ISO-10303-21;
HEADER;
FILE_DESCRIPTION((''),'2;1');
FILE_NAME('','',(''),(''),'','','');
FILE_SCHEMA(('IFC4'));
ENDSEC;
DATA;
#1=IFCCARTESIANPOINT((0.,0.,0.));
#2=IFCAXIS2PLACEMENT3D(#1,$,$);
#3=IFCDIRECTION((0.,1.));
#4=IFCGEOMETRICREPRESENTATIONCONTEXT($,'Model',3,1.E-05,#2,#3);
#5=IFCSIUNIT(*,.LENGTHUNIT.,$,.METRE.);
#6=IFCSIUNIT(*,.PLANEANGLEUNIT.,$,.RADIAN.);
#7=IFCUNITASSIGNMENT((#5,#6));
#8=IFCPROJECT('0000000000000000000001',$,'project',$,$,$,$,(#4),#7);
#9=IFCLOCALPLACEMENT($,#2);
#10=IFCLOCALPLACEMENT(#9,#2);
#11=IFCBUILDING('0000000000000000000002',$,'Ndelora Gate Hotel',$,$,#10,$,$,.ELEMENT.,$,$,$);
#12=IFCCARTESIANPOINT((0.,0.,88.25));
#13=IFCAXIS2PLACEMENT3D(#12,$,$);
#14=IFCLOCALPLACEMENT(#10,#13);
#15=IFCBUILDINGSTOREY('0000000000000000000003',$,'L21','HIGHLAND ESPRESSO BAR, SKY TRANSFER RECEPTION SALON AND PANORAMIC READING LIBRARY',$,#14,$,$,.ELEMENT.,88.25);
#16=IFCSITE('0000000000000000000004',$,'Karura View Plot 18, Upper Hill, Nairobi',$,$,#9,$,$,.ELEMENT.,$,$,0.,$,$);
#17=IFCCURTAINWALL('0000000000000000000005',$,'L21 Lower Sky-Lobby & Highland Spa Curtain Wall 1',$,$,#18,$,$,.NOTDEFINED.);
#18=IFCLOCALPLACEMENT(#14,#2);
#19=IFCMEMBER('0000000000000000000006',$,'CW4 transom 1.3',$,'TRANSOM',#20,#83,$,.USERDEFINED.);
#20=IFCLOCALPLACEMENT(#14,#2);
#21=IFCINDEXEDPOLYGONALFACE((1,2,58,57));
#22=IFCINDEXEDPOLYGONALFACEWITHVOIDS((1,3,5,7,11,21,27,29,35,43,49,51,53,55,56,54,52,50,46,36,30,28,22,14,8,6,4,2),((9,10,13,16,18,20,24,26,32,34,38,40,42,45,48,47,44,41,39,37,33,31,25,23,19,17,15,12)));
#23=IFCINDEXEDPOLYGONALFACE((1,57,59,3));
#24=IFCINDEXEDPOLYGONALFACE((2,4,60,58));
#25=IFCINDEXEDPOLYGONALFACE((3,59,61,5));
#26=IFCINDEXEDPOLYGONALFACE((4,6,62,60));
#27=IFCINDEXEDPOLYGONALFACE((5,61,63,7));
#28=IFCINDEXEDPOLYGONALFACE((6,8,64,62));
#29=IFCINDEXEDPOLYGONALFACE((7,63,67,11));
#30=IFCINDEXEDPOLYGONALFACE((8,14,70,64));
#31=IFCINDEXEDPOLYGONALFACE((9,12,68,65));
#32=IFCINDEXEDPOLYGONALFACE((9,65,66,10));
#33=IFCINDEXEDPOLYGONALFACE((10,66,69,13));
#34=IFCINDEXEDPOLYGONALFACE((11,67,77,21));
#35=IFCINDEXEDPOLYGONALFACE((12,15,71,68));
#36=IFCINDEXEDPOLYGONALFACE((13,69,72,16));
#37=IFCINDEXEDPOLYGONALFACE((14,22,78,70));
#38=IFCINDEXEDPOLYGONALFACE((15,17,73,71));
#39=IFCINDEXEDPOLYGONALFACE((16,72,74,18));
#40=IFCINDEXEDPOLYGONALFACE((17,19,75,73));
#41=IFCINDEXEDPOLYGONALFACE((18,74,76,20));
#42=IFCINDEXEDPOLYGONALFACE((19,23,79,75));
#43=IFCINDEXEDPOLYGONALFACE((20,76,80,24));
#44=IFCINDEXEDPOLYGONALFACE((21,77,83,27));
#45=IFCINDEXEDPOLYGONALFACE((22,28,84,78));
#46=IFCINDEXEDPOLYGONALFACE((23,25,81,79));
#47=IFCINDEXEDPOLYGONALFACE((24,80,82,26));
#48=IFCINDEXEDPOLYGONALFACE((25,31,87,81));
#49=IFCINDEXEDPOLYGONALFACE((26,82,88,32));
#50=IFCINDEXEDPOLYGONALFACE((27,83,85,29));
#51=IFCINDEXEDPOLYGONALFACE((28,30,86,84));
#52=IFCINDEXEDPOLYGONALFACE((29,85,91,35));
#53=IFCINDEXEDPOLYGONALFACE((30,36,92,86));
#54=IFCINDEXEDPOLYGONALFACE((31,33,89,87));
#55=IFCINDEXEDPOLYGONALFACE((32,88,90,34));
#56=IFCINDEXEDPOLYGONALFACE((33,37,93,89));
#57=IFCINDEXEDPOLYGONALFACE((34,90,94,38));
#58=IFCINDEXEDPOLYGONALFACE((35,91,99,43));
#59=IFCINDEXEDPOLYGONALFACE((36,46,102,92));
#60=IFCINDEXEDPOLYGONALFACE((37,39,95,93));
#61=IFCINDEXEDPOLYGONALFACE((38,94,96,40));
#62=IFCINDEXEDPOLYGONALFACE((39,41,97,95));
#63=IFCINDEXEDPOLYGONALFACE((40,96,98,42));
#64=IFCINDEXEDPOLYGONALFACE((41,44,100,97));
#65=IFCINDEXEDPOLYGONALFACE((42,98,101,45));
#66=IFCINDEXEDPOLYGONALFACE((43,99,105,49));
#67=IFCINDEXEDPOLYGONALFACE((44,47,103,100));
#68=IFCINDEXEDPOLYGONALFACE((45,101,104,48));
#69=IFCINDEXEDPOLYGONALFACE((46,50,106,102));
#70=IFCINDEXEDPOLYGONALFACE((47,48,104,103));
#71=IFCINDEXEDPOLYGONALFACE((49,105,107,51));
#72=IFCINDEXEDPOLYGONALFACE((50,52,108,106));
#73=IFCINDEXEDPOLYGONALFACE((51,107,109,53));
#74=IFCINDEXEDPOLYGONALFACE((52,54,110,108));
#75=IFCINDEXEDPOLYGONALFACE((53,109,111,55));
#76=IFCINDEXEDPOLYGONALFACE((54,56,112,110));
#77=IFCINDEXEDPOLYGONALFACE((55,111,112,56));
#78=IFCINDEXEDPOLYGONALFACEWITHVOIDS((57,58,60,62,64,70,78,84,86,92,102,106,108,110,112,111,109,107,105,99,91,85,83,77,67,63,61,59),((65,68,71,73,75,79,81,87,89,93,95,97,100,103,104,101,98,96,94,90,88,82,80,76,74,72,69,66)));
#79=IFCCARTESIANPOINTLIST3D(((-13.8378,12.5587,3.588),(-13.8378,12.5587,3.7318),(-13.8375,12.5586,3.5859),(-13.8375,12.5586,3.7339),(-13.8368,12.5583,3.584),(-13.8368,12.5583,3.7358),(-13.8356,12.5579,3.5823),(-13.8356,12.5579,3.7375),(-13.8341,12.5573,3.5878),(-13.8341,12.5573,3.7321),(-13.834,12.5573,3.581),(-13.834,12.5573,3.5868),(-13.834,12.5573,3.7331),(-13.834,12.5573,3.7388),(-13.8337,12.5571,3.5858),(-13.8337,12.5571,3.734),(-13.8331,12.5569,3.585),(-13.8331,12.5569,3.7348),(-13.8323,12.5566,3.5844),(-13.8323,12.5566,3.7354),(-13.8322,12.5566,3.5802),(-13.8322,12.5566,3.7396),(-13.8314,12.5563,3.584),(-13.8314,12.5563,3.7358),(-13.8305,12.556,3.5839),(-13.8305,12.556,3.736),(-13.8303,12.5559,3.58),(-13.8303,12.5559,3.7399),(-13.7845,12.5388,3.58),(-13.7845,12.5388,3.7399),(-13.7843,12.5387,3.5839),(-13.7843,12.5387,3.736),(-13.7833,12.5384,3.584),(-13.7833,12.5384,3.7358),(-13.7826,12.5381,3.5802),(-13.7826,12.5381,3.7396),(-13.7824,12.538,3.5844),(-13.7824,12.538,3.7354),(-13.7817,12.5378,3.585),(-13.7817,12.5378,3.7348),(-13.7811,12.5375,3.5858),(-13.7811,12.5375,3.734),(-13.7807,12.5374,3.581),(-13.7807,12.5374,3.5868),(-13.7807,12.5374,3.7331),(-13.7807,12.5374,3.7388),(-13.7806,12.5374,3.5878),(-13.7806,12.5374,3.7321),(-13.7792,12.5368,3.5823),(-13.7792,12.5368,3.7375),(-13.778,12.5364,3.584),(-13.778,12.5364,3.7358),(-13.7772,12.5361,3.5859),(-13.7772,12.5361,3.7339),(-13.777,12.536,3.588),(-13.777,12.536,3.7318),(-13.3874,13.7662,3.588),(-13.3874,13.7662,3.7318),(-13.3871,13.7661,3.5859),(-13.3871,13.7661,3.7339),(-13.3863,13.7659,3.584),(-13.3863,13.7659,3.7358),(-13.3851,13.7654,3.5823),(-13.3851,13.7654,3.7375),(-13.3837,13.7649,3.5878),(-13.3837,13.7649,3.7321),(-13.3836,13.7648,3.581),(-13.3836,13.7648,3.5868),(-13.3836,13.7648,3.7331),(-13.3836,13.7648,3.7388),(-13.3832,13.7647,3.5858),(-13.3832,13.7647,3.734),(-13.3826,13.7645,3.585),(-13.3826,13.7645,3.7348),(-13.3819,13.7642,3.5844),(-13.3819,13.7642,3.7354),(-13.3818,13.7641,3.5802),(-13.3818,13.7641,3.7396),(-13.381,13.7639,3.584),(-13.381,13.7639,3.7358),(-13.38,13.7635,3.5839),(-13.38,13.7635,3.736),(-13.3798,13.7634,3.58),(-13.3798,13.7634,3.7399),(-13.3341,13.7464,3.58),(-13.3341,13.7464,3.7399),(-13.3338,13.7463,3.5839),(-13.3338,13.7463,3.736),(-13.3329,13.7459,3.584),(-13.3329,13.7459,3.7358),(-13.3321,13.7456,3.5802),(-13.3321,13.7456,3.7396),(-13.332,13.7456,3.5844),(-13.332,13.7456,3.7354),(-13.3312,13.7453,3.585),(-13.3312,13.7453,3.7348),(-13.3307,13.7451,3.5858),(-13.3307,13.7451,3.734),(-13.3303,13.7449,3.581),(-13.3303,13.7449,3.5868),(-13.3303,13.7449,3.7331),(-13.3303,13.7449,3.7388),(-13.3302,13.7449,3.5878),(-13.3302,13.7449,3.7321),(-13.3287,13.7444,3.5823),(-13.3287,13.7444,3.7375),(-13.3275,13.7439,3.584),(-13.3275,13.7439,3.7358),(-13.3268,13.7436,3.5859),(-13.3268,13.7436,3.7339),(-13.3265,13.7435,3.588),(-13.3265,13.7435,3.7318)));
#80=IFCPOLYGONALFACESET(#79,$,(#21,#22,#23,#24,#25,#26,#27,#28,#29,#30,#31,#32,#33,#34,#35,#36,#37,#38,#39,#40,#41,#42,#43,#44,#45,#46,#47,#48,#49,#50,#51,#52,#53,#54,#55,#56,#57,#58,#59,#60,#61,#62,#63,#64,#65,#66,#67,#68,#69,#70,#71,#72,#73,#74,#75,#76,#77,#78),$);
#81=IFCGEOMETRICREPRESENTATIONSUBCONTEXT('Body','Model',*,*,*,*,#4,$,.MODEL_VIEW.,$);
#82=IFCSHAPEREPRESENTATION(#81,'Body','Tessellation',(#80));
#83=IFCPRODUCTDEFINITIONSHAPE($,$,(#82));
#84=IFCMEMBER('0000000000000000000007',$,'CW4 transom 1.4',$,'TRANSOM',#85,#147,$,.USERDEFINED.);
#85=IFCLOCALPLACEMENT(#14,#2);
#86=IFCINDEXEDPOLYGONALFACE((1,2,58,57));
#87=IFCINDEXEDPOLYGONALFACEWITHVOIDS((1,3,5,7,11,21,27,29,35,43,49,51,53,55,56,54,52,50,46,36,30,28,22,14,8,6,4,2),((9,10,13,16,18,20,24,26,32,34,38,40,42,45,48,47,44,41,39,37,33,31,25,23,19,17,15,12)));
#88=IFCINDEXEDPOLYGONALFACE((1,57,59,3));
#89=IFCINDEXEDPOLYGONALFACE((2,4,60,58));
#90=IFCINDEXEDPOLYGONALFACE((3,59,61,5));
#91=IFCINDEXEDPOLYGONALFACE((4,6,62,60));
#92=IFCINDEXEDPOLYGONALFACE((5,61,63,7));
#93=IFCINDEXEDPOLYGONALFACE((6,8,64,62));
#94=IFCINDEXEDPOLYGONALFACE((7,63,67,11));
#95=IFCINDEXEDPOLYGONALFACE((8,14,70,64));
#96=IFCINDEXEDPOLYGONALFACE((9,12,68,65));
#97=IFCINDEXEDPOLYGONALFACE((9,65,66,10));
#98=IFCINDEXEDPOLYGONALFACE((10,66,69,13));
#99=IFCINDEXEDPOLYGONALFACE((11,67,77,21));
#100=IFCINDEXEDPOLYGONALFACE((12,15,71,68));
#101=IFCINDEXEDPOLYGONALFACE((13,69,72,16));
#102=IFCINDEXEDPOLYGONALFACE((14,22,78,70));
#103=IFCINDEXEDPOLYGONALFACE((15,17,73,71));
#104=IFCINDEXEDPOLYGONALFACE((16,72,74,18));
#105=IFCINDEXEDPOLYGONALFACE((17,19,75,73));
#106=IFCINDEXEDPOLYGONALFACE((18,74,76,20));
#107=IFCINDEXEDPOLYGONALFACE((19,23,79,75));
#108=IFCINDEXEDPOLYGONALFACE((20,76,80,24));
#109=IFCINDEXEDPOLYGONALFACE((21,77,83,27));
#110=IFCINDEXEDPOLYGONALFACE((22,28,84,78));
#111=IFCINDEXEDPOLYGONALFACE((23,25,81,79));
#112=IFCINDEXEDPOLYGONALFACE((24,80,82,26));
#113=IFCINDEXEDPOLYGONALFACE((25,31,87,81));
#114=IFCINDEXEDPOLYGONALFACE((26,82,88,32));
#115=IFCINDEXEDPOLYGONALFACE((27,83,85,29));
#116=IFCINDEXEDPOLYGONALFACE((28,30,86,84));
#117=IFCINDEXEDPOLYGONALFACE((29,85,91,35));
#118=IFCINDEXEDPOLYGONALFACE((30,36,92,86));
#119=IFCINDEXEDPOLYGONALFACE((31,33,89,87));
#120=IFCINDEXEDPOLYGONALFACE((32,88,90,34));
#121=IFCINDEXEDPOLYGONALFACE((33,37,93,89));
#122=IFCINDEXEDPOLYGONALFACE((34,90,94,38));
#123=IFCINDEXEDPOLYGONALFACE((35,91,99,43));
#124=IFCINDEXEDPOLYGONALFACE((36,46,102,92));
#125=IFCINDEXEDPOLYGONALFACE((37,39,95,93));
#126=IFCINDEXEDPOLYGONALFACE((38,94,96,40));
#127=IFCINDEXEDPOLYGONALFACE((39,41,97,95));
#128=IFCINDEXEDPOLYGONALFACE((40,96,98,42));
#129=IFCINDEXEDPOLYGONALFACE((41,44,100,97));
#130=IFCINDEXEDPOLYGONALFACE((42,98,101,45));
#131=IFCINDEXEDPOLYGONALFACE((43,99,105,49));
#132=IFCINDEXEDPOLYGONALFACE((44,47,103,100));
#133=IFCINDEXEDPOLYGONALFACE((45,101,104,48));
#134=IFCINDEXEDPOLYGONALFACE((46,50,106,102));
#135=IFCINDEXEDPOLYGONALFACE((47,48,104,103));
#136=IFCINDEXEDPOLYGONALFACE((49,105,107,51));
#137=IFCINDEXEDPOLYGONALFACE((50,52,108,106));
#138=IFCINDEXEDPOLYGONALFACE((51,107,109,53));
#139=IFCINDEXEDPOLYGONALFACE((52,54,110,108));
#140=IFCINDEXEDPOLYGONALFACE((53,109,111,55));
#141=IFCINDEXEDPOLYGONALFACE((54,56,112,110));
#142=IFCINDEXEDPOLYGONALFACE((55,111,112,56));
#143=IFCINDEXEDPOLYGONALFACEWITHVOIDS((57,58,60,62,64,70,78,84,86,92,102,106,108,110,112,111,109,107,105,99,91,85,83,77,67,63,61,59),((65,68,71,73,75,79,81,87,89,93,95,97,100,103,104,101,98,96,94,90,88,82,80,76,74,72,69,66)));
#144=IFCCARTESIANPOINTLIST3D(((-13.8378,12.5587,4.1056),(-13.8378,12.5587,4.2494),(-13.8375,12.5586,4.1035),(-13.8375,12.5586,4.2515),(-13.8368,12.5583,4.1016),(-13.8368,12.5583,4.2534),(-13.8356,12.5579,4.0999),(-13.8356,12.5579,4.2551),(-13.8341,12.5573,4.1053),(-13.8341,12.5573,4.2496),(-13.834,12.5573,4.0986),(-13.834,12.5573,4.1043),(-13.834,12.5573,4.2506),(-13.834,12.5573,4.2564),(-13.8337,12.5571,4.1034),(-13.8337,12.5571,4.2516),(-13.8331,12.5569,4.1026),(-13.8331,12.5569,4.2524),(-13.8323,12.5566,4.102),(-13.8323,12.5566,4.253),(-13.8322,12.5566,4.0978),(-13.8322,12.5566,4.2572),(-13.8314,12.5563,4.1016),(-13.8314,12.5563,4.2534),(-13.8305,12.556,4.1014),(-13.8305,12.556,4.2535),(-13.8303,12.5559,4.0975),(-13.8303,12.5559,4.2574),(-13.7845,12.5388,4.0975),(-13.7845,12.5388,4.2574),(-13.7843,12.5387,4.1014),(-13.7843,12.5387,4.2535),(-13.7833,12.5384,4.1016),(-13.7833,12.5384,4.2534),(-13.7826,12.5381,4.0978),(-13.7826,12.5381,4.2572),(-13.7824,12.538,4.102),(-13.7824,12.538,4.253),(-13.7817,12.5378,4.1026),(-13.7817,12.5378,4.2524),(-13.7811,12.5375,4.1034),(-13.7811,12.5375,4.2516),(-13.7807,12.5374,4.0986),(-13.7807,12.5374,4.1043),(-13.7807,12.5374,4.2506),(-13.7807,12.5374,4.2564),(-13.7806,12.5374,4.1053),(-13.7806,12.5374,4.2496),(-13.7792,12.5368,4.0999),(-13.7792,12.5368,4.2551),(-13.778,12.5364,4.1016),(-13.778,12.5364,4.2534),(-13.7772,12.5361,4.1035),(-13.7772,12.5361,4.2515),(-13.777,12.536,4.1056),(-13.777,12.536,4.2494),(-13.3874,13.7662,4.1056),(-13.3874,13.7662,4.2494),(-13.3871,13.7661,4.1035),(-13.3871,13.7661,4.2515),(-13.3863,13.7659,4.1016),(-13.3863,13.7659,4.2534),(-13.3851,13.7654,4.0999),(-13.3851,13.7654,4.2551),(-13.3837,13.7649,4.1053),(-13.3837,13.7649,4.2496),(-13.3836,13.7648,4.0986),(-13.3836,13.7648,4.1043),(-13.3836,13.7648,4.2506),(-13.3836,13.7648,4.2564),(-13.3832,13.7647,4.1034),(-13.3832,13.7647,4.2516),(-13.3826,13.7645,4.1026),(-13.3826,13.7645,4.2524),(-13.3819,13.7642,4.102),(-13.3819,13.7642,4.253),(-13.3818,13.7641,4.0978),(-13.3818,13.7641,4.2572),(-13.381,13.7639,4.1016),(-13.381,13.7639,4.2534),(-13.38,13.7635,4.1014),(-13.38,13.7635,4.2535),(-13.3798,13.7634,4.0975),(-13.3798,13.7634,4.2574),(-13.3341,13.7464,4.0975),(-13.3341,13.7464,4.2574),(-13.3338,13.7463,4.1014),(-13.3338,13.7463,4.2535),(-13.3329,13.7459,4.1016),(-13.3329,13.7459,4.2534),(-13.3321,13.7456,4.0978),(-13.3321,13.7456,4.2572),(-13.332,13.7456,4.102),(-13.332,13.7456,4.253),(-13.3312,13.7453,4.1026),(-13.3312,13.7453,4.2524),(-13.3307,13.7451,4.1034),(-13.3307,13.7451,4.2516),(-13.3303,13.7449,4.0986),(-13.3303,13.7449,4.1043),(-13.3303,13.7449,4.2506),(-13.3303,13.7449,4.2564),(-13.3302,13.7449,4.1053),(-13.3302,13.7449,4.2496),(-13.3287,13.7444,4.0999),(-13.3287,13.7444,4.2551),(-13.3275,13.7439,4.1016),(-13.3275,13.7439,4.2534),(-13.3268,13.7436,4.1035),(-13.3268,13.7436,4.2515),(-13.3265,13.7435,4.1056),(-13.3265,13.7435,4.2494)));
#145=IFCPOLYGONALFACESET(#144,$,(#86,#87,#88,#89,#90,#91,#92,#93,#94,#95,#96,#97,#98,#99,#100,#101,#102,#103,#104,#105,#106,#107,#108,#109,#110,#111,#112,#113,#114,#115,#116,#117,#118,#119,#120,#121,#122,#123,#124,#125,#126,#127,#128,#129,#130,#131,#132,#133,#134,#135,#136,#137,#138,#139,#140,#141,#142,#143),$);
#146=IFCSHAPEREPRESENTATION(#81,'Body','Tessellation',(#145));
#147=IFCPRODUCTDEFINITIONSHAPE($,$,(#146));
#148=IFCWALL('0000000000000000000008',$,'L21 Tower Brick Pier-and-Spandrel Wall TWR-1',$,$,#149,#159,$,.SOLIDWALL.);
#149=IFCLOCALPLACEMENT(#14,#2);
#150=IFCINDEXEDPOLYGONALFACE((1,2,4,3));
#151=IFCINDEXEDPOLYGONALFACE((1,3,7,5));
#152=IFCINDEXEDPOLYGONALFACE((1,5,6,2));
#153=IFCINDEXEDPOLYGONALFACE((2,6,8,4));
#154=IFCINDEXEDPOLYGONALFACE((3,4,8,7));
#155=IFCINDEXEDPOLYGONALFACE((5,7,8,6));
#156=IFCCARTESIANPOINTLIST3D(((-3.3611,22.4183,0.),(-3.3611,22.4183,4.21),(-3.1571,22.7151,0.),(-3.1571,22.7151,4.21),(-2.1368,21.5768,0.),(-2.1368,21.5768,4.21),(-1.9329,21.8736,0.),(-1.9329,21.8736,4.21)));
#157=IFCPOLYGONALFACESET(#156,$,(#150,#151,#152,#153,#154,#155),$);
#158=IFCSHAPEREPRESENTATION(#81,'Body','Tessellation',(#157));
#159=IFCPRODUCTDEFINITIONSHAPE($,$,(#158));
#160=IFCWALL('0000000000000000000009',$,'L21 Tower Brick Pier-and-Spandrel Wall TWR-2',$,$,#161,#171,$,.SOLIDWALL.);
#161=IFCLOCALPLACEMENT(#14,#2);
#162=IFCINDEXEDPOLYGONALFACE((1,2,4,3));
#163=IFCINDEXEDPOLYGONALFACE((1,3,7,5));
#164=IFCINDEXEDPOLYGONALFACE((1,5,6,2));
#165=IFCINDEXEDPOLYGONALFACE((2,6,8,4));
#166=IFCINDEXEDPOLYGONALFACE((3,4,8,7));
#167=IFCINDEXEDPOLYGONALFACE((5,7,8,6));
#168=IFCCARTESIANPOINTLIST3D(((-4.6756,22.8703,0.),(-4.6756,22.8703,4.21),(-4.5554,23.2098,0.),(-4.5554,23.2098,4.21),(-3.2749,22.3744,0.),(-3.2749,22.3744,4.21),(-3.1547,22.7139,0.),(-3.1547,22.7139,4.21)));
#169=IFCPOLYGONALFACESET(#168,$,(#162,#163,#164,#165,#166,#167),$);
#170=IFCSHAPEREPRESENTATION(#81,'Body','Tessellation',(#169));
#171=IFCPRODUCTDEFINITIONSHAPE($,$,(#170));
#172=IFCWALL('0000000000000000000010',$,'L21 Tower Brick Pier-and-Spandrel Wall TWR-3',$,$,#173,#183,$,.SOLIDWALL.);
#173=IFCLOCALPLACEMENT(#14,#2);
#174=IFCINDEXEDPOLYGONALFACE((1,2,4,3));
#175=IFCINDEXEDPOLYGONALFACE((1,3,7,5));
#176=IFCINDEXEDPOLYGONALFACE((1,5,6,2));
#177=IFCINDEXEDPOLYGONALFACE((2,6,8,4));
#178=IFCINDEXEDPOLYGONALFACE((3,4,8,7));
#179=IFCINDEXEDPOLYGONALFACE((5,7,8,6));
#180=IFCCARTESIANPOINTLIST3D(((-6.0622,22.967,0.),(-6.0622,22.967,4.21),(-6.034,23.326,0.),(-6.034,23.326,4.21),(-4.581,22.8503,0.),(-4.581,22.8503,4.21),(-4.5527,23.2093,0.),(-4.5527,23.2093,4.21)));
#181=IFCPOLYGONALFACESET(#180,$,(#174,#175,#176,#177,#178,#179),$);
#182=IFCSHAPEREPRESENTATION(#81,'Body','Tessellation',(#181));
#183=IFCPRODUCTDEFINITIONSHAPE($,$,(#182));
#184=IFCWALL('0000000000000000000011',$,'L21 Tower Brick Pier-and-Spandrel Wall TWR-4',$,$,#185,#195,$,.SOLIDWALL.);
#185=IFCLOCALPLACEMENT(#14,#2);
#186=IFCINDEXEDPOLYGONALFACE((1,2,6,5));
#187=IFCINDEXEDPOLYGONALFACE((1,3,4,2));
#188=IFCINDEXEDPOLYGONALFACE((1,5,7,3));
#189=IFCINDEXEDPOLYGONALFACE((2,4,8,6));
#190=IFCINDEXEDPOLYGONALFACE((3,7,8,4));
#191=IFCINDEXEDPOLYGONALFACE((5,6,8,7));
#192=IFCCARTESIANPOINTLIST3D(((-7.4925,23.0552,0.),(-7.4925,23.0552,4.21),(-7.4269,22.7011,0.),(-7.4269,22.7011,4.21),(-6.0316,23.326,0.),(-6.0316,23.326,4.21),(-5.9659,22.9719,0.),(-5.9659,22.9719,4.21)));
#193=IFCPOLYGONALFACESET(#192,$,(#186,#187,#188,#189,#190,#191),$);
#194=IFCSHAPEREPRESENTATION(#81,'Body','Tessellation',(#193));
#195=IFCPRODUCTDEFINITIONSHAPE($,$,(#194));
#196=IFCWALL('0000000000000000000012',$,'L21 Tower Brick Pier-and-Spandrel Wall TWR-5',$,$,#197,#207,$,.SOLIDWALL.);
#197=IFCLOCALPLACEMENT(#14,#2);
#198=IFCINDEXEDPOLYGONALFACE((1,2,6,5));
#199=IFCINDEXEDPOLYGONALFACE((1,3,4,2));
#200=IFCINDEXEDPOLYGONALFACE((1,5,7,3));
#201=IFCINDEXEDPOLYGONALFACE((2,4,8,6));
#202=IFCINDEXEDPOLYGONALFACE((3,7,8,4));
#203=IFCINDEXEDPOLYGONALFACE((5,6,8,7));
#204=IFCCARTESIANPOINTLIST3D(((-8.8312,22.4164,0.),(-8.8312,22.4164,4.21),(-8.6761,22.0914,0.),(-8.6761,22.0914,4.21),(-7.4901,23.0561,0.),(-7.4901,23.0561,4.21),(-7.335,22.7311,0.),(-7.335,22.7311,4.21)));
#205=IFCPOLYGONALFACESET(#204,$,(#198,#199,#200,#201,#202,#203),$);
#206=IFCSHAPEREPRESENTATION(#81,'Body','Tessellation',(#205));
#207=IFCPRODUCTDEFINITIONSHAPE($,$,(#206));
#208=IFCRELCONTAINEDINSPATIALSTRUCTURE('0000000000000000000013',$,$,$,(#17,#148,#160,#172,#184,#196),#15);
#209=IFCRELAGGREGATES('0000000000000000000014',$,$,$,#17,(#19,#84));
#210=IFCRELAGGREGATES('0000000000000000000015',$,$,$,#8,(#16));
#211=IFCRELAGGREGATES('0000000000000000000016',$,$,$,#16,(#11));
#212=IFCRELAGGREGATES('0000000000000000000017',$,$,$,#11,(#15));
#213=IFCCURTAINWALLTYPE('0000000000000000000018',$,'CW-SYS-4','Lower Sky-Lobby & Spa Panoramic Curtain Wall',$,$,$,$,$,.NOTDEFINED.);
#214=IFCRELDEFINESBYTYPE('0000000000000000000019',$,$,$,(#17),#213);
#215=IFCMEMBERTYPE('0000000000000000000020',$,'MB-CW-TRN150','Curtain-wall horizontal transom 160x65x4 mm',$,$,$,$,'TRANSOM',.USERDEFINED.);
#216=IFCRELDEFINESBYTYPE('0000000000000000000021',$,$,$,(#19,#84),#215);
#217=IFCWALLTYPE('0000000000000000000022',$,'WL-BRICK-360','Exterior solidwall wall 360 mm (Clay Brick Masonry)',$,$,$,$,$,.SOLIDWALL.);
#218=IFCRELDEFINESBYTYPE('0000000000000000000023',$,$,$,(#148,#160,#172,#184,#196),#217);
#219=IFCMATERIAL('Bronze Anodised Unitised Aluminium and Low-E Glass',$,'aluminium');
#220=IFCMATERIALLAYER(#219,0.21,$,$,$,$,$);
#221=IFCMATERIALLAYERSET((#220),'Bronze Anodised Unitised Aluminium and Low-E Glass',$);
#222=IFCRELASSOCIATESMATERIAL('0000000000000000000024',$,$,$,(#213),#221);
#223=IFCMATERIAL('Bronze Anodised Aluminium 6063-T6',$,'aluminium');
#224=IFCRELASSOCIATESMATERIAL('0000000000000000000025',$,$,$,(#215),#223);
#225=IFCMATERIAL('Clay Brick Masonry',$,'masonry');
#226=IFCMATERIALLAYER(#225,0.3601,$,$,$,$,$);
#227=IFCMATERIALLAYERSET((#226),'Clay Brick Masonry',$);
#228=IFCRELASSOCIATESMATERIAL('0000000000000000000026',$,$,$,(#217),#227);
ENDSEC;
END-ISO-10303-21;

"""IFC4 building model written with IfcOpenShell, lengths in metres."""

from ifc_helpers import new_model, si_unit, direction, frame, frame_2d, origin, origin_2d, place, context, subcontext, project, spatial, rectangle, hollow_rectangle, extrude, material, layer, layer_set, material_profile, profile_set, type_object, element, aggregate, save


model = new_model("IFC4")

# Units and contexts
model_context = context("Model", 3, precision=1e-05, world=origin(), true_north=direction((0.0, 1.0)))
body_context = subcontext(model_context, "Body", "Model", "MODEL_VIEW")
ifc_project = project(units=[si_unit("LENGTHUNIT", "METRE"), si_unit("PLANEANGLEUNIT", "RADIAN")], contexts=[model_context])

# Site, building, storey
site_placement = place(None, origin())
site = spatial("IfcSite", under=ifc_project, at=site_placement, Name="Karura View Plot 18, Upper Hill, Nairobi", CompositionType="ELEMENT", RefElevation=0.0)
building_placement = place(site_placement, origin())
building = spatial("IfcBuilding", under=site, at=building_placement, Name="Ndelora Gate Hotel", CompositionType="ELEMENT")
storey_placement = place(building_placement, frame((0.0, 0.0, 88.25)))
storey = spatial("IfcBuildingStorey", under=building, at=storey_placement, Name="L21", Description="HIGHLAND ESPRESSO BAR, SKY TRANSFER RECEPTION SALON AND PANORAMIC READING LIBRARY", CompositionType="ELEMENT", Elevation=88.25)

# Curtain wall, members
ifc_material_1 = material(Name="Bronze Anodised Unitised Aluminium and Low-E Glass", Category="aluminium")
ifc_layer_1 = layer(ifc_material_1, 0.21)
ifc_layer_set_1 = layer_set([ifc_layer_1], Name="Bronze Anodised Unitised Aluminium and Low-E Glass")
curtain_wall_type = type_object("IfcCurtainWallType", Name="CW-SYS-4", Description="Lower Sky-Lobby & Spa Panoramic Curtain Wall", PredefinedType="NOTDEFINED", material=ifc_layer_set_1)
curtain_wall_placement = place(storey_placement, origin())
curtain_wall = element("IfcCurtainWall", 1, at=curtain_wall_placement, inside=storey, type_object=curtain_wall_type, Name="L21 Lower Sky-Lobby & Highland Spa Curtain Wall 1", PredefinedType="NOTDEFINED")
ifc_material_2 = material(Name="Bronze Anodised Aluminium 6063-T6", Category="aluminium")
ifc_material_profile_1 = material_profile(ifc_material_2, hollow_rectangle(XDim=0.0649, YDim=0.1599, WallThickness=0.0039, InnerFilletRadius=0.0039, OuterFilletRadius=0.0081, at=origin_2d()), Name="ALU 160x65x4")
ifc_profile_set_1 = profile_set([ifc_material_profile_1], Name="Bronze Anodised Aluminium 6063-T6")
member_type_1 = type_object("IfcMemberType", Name="MB-CW-TRN150", Description="Curtain-wall horizontal transom 160x65x4 mm", ElementType="TRANSOM", PredefinedType="USERDEFINED", material=ifc_profile_set_1)
member_1_placement = place(storey_placement, frame((-13.3569, 13.7549, 3.6599), z_axis=(-0.349504, -0.936935, 0.0), x_axis=(0.936935, -0.349504, 0.0)))
member_1 = element("IfcMember", 2, at=member_1_placement, type_object=member_type_1, Name="CW4 transom 1.3", ObjectType="TRANSOM", PredefinedType="USERDEFINED", context=body_context, shape_type="SweptSolid", body=[
    extrude(hollow_rectangle(XDim=0.0649, YDim=0.1599, WallThickness=0.0039, InnerFilletRadius=0.0039, OuterFilletRadius=0.0081, at=origin_2d()), origin(), (0.0, 0.0, 1.0), 1.2888),
])
member_2_placement = place(storey_placement, frame((-13.3569, 13.7549, 4.1775), z_axis=(-0.349504, -0.936935, 0.0), x_axis=(0.936935, -0.349504, 0.0)))
member_2 = element("IfcMember", 3, at=member_2_placement, type_object=member_type_1, Name="CW4 transom 1.4", ObjectType="TRANSOM", PredefinedType="USERDEFINED", context=body_context, shape_type="SweptSolid", body=[
    extrude(hollow_rectangle(XDim=0.0649, YDim=0.1599, WallThickness=0.0039, InnerFilletRadius=0.0039, OuterFilletRadius=0.0081, at=origin_2d()), origin(), (0.0, 0.0, 1.0), 1.2888),
])
aggregate(curtain_wall, [member_1, member_2])

# Walls
ifc_material_3 = material(Name="Clay Brick Masonry", Category="masonry")
ifc_layer_2 = layer(ifc_material_3, 0.3601)
ifc_layer_set_2 = layer_set([ifc_layer_2], Name="Clay Brick Masonry")
wall_type = type_object("IfcWallType", Name="WL-BRICK-360", Description="Exterior solidwall wall 360 mm (Clay Brick Masonry)", PredefinedType="SOLIDWALL", material=ifc_layer_set_2)
wall_1_placement = place(storey_placement, frame((-3.259, 22.5667, 0.0), z_axis=(0.0, 0.0, 1.0), x_axis=(0.824104, -0.566438, 0.0)))
element("IfcWall", 4, at=wall_1_placement, inside=storey, type_object=wall_type, Name="L21 Tower Brick Pier-and-Spandrel Wall TWR-1", PredefinedType="SOLIDWALL", context=body_context, shape_type="SweptSolid", body=[
    extrude(rectangle(XDim=1.4856, YDim=0.3601, at=frame_2d((0.7427, 0.0))), origin(), (0.0, 0.0, 1.0), 4.21),
])
for number, where, z_axis, x_axis, name in (
    (5, (-4.6155, 23.04, 0.0), (0.0, 0.0, 1.0), (0.942671, -0.333722, 0.0), "L21 Tower Brick Pier-and-Spandrel Wall TWR-2"),
    (6, (-6.0481, 23.1465, 0.0), (0.0, 0.0, 1.0), (0.996911, -0.078543, 0.0), "L21 Tower Brick Pier-and-Spandrel Wall TWR-3"),
    (7, (-7.4597, 22.8782, 0.0), (0.0, 0.0, 1.0), (0.983257, 0.182225, 0.0), "L21 Tower Brick Pier-and-Spandrel Wall TWR-4"),
    (8, (-8.7537, 22.2539, 0.0), (0.0, 0.0, 1.0), (0.902587, 0.430508, 0.0), "L21 Tower Brick Pier-and-Spandrel Wall TWR-5"),
):
    element("IfcWall", number, at=place(storey_placement, frame(where, z_axis=z_axis, x_axis=x_axis)), inside=storey, type_object=wall_type, Name=name, PredefinedType="SOLIDWALL", context=body_context, shape_type="SweptSolid", body=[
        extrude(rectangle(XDim=1.4858, YDim=0.3601, at=frame_2d((0.7429, 0.0))), origin(), (0.0, 0.0, 1.0), 4.21),
    ])

save(model, "model.ifc")
